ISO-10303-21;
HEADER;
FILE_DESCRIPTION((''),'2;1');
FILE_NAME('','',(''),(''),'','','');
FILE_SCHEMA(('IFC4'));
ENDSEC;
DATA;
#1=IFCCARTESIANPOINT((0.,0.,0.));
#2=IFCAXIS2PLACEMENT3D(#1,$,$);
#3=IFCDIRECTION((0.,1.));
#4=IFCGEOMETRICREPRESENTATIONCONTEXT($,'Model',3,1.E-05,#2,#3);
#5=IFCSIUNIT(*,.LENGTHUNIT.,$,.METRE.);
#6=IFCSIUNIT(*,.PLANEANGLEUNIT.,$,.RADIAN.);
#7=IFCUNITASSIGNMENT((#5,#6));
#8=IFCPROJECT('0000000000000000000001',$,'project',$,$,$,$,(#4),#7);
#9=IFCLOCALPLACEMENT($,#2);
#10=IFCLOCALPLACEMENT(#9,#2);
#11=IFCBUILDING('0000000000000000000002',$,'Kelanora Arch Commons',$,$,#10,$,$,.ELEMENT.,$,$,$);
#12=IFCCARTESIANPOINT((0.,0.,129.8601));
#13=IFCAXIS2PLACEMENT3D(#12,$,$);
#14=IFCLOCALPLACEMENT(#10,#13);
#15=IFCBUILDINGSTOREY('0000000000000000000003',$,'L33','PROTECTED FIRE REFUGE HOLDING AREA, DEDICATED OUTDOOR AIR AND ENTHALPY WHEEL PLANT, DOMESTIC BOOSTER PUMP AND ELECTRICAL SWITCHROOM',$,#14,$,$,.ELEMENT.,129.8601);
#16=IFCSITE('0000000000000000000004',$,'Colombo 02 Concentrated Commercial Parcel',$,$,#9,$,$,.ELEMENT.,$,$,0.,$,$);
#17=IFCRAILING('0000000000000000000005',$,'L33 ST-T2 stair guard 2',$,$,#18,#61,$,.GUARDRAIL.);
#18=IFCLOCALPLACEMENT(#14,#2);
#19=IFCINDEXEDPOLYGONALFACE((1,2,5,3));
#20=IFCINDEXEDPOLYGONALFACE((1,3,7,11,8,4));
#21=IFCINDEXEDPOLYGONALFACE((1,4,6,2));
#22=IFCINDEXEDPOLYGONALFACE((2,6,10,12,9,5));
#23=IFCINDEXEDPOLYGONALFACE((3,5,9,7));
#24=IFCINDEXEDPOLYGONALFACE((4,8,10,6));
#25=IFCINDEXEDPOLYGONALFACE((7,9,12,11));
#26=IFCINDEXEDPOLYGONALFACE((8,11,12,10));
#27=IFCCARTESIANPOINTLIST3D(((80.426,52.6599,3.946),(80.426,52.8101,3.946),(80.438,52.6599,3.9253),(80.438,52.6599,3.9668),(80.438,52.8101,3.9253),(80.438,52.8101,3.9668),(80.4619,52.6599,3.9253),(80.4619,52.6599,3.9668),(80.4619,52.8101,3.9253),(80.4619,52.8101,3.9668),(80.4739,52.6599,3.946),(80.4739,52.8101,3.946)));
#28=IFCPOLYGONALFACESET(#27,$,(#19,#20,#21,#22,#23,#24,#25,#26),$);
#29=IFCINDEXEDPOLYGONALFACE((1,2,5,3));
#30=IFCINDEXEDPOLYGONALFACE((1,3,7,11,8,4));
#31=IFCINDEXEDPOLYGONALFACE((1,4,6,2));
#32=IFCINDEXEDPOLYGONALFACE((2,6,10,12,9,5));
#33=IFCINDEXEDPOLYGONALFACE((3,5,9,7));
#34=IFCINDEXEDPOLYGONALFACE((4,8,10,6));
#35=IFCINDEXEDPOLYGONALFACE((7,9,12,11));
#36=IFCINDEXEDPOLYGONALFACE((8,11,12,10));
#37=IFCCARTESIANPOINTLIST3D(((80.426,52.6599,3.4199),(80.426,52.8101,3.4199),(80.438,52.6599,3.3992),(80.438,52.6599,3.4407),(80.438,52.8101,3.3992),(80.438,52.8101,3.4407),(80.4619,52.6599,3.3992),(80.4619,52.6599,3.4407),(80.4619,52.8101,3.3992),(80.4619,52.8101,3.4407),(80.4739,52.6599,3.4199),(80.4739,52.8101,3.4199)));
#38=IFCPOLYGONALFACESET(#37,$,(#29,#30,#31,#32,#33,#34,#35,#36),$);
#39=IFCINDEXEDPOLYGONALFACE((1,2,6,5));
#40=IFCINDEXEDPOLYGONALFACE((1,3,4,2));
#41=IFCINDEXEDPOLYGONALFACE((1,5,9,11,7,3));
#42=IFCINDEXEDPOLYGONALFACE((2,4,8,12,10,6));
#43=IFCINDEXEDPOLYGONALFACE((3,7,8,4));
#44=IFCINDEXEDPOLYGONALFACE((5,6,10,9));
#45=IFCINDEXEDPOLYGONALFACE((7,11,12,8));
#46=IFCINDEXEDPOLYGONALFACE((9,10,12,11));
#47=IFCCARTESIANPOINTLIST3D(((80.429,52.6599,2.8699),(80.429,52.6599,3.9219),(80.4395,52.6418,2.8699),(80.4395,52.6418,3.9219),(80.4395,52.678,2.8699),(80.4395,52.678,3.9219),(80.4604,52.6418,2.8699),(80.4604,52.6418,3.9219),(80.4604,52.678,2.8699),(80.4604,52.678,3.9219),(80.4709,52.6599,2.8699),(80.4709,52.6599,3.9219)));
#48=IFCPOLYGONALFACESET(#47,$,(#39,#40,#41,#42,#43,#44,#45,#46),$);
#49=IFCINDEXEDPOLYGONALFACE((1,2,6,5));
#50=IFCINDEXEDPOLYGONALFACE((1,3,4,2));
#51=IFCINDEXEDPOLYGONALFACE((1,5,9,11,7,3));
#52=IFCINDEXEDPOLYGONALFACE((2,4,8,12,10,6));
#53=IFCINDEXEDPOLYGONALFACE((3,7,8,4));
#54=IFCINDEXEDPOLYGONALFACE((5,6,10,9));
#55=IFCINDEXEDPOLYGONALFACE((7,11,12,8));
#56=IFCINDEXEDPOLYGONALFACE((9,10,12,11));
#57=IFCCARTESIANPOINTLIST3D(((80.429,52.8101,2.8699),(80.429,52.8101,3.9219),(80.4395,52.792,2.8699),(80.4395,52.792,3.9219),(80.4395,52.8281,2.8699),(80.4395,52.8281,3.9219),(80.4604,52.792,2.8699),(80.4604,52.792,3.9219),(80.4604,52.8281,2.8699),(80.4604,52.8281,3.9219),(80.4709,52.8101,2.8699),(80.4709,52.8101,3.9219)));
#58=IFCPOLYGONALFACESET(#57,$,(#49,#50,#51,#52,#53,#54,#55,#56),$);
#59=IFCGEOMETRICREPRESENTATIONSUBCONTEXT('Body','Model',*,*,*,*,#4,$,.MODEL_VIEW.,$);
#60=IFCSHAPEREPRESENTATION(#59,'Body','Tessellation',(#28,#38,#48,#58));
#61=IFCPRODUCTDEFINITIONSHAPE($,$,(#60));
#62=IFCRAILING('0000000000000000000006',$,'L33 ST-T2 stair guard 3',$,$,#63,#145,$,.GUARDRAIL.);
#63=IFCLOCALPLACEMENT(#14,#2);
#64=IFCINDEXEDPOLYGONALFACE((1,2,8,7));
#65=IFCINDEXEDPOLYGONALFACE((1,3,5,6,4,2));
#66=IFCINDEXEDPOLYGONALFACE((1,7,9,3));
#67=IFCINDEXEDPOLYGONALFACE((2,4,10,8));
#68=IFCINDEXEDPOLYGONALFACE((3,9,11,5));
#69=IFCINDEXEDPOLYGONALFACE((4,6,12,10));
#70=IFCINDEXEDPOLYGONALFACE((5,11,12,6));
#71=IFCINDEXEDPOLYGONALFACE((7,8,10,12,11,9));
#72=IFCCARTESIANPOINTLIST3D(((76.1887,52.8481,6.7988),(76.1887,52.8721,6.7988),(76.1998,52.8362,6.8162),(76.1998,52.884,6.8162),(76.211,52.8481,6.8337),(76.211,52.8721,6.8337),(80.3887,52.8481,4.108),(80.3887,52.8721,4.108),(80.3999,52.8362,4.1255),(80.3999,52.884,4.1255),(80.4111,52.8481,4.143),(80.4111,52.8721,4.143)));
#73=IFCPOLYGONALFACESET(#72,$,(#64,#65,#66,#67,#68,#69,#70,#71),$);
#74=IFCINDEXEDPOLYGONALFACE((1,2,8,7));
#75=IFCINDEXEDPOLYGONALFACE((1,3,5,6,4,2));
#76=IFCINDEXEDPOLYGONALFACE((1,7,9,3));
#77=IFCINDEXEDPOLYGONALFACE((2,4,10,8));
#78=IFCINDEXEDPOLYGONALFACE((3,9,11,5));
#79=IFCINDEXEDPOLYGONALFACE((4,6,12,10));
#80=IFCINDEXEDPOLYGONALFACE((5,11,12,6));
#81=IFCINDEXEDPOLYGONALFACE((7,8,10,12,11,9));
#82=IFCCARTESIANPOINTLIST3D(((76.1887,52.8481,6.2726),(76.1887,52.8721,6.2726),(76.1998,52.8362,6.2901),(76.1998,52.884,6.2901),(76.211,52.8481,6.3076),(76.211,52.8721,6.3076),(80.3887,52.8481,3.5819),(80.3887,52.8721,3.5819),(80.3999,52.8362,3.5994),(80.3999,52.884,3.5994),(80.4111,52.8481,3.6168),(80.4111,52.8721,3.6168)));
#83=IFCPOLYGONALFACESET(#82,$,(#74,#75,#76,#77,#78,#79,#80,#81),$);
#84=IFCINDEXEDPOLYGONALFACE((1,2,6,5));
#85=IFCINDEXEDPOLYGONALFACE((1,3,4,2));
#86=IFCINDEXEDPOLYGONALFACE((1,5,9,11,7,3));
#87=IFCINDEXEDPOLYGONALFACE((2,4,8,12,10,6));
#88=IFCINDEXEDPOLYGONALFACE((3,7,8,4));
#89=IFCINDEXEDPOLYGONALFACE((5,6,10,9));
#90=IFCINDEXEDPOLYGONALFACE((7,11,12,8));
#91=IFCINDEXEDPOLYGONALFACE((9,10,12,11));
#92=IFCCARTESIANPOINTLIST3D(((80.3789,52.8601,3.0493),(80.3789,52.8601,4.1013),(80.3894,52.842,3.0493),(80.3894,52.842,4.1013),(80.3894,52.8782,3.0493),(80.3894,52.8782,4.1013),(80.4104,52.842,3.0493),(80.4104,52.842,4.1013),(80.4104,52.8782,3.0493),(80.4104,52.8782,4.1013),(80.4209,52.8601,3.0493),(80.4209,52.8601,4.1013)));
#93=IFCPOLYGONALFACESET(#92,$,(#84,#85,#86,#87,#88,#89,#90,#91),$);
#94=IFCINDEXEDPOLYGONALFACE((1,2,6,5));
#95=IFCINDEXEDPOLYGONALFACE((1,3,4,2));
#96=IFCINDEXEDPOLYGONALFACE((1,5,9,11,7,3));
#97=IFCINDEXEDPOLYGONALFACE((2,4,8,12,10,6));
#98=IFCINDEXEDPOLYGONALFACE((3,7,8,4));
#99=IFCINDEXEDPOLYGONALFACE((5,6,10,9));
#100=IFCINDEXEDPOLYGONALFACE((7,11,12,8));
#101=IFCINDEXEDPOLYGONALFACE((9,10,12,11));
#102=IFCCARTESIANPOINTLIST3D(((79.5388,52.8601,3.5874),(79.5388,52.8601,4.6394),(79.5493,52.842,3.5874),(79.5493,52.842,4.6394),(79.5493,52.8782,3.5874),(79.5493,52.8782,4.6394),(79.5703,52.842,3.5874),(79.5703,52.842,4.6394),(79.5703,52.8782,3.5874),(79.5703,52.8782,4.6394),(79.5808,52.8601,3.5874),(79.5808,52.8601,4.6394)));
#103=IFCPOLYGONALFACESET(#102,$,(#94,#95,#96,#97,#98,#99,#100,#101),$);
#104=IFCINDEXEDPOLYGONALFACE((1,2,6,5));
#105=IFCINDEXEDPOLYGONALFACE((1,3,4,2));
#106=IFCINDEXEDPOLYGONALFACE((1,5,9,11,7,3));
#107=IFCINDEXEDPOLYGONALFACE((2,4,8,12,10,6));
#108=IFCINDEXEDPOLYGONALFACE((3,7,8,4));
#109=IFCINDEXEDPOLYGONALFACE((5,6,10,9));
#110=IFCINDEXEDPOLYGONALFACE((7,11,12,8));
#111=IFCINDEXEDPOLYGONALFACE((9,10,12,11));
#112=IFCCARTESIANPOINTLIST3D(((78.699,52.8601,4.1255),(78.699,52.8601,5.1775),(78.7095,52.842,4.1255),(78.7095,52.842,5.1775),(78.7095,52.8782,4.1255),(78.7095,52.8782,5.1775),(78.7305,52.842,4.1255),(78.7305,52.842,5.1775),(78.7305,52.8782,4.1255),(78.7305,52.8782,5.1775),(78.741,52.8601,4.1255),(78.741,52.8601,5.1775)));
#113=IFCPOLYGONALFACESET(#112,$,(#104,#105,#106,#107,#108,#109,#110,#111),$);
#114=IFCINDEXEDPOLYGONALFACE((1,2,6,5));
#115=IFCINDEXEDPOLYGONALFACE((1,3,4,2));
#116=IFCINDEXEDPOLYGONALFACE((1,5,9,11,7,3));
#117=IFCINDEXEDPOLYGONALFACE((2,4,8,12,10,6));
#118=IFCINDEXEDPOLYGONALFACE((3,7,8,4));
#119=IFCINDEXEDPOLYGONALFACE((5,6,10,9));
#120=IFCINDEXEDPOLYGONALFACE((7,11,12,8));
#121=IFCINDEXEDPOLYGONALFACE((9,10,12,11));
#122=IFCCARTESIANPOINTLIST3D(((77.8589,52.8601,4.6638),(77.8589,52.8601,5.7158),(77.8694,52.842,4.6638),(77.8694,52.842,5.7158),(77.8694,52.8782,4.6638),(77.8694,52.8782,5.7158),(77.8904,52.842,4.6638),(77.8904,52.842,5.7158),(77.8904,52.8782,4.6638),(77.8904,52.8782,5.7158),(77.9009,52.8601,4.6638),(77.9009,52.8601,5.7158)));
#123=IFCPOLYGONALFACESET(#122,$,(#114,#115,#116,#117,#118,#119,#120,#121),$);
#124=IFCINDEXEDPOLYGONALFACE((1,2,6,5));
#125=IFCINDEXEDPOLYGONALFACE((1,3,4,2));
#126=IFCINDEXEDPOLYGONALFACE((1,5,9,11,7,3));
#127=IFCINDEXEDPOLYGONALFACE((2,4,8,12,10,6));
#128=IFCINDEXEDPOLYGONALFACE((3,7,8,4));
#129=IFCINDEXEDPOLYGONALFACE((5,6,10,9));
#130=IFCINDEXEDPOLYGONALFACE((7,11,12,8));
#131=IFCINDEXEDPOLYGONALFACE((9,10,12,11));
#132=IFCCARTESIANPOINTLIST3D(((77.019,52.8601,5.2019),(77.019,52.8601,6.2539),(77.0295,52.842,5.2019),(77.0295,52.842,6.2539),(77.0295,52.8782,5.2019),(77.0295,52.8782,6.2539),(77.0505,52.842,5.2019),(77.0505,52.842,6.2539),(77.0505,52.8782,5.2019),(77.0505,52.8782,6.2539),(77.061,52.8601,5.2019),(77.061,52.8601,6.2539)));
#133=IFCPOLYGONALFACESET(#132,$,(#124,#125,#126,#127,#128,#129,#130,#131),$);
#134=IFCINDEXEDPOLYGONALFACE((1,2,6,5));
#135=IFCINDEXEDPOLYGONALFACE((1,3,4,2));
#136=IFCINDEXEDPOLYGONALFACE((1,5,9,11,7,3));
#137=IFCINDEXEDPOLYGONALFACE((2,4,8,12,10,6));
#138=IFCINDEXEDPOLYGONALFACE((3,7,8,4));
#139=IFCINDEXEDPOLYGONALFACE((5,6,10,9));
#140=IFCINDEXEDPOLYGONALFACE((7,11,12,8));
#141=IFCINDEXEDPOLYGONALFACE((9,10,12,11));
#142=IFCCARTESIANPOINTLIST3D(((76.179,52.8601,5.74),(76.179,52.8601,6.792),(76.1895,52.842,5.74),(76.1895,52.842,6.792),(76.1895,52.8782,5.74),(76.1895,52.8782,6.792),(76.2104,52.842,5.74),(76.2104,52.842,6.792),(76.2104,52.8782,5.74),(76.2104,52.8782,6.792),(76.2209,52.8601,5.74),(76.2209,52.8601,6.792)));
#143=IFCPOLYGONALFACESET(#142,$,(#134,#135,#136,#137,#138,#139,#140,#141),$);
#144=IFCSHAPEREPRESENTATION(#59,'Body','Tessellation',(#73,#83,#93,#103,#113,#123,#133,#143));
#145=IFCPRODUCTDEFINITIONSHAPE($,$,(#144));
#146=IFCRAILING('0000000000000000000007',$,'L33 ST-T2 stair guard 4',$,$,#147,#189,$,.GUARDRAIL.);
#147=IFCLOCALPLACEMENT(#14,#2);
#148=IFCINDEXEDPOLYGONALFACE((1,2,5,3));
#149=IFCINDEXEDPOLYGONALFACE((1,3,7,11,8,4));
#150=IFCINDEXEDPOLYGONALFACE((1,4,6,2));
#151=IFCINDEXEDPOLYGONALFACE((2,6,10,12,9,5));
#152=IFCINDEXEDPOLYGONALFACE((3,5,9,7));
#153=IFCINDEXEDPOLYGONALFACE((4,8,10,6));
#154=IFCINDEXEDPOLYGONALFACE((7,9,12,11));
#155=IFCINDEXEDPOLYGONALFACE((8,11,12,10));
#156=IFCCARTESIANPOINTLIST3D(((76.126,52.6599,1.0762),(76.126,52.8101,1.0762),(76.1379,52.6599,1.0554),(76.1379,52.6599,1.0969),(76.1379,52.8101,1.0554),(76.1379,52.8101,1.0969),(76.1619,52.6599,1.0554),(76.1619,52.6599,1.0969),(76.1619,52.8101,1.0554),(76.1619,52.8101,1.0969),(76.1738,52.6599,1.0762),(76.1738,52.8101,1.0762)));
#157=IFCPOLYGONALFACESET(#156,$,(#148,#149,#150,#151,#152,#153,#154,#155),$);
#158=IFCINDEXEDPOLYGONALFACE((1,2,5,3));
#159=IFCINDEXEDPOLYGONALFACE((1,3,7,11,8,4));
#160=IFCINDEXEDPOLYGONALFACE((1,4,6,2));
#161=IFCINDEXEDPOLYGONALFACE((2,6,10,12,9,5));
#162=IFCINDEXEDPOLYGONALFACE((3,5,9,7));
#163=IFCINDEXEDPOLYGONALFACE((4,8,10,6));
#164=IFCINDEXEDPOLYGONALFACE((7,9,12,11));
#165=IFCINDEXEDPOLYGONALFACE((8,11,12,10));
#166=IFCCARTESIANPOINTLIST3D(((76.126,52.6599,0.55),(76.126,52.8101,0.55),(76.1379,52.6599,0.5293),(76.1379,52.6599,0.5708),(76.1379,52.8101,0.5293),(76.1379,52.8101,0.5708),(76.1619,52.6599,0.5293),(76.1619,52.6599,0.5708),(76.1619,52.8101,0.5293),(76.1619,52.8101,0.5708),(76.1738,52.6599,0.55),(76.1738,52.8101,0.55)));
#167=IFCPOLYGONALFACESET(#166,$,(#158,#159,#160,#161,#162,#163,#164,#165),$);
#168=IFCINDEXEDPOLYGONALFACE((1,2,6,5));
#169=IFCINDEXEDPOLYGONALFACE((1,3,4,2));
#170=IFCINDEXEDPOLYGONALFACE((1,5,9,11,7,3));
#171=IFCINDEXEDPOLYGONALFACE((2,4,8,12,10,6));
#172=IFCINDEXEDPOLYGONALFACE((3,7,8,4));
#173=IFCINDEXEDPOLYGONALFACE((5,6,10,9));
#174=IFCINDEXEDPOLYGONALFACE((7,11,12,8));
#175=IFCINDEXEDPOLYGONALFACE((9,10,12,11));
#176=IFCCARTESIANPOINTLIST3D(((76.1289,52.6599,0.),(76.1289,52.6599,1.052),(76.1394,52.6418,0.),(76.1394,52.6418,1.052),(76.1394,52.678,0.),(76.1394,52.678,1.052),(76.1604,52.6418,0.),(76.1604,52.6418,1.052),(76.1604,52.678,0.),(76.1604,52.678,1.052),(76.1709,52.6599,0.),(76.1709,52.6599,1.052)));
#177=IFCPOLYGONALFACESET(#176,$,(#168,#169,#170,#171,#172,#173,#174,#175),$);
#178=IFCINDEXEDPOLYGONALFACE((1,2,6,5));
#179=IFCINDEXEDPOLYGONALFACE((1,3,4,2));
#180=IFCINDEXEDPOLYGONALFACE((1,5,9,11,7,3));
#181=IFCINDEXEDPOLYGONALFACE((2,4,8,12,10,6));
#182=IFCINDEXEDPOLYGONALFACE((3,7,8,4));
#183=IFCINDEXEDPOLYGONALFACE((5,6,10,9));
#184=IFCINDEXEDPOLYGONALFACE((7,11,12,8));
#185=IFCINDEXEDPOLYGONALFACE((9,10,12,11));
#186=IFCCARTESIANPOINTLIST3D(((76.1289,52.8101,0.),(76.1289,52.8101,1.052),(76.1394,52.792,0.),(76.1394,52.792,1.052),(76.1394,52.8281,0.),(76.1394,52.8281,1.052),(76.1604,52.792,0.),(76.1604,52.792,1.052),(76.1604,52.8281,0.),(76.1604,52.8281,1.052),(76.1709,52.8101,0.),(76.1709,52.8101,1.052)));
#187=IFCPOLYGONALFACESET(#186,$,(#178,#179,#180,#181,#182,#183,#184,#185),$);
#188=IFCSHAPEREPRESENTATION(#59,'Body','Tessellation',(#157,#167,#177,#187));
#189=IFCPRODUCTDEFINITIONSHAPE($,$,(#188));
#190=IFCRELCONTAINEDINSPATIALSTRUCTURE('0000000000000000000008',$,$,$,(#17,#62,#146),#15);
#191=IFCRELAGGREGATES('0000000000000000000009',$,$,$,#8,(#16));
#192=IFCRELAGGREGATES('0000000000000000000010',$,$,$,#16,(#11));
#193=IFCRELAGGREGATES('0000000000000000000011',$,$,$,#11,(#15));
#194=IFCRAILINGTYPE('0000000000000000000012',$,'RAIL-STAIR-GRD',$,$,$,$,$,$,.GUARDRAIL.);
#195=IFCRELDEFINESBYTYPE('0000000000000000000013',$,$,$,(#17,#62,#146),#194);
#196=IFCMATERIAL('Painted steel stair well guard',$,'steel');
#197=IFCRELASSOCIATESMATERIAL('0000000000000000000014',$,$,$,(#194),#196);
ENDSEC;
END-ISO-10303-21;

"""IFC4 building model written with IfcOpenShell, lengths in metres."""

from ifc_helpers import new_model, si_unit, direction, frame, origin, place, context, subcontext, project, spatial, polyline, outline, extrude, material, type_object, element, save


model = new_model("IFC4")

# Units and contexts
model_context = context("Model", 3, precision=1e-05, world=origin(), true_north=direction((0.0, 1.0)))
body_context = subcontext(model_context, "Body", "Model", "MODEL_VIEW")
ifc_project = project(units=[si_unit("LENGTHUNIT", "METRE"), si_unit("PLANEANGLEUNIT", "RADIAN")], contexts=[model_context])

# Site, building, storey
site_placement = place(None, origin())
site = spatial("IfcSite", under=ifc_project, at=site_placement, Name="Colombo 02 Concentrated Commercial Parcel", CompositionType="ELEMENT", RefElevation=0.0)
building_placement = place(site_placement, origin())
building = spatial("IfcBuilding", under=site, at=building_placement, Name="Kelanora Arch Commons", CompositionType="ELEMENT")
storey_placement = place(building_placement, frame((0.0, 0.0, 129.8601)))
storey = spatial("IfcBuildingStorey", under=building, at=storey_placement, Name="L33", Description="PROTECTED FIRE REFUGE HOLDING AREA, DEDICATED OUTDOOR AIR AND ENTHALPY WHEEL PLANT, DOMESTIC BOOSTER PUMP AND ELECTRICAL SWITCHROOM", CompositionType="ELEMENT", Elevation=129.8601)

# Railings
ifc_material_1 = material(Name="Painted steel stair well guard", Category="steel")
railing_type_1 = type_object("IfcRailingType", Name="RAIL-STAIR-GRD", PredefinedType="GUARDRAIL", material=ifc_material_1)
railing_1_placement = place(storey_placement, frame((80.45, 52.6599, 2.8699)))
element("IfcRailing", 1, at=railing_1_placement, inside=storey, type_object=railing_type_1, Name="L33 ST-T2 stair guard 2", PredefinedType="GUARDRAIL", context=body_context, shape_type="SweptSolid", body=[
    extrude(outline(polyline([(0.0239, 0.0), (0.012, 0.0208), (-0.012, 0.0208), (-0.0239, 0.0), (-0.012, -0.0208), (0.012, -0.0208), (0.0239, 0.0)])), frame((0.0, 0.0, 1.0762), z_axis=(0.0, 1.0, 0.0), x_axis=(-1.0, 0.0, 0.0)), (0.0, 0.0, 1.0), 0.1501),
    extrude(outline(polyline([(0.0239, 0.0), (0.012, 0.0208), (-0.012, 0.0208), (-0.0239, 0.0), (-0.012, -0.0208), (0.012, -0.0208), (0.0239, 0.0)])), frame((0.0, 0.0, 0.55), z_axis=(0.0, 1.0, 0.0), x_axis=(-1.0, 0.0, 0.0)), (0.0, 0.0, 1.0), 0.1501),
    extrude(outline(polyline([(0.021, 0.0), (0.0105, 0.0181), (-0.0105, 0.0181), (-0.021, 0.0), (-0.0105, -0.0181), (0.0105, -0.0181), (0.021, 0.0)])), origin(), (0.0, 0.0, 1.0), 1.052),
    extrude(outline(polyline([(0.021, 0.0), (0.0105, 0.0181), (-0.0105, 0.0181), (-0.021, 0.0), (-0.0105, -0.0181), (0.0105, -0.0181), (0.021, 0.0)])), frame((0.0, 0.1501, 0.0)), (0.0, 0.0, 1.0), 1.052),
])
railing_2_placement = place(storey_placement, frame((80.3999, 52.8601, 3.0493)))
element("IfcRailing", 2, at=railing_2_placement, inside=storey, type_object=railing_type_1, Name="L33 ST-T2 stair guard 3", PredefinedType="GUARDRAIL", context=body_context, shape_type="SweptSolid", body=[
    extrude(outline(polyline([(0.0239, 0.0), (0.012, 0.0208), (-0.012, 0.0208), (-0.0239, 0.0), (-0.012, -0.0208), (0.012, -0.0208), (0.0239, 0.0)])), frame((0.0, 0.0, 1.0762), z_axis=(-0.842025, 0.0, 0.539438), x_axis=(0.0, -1.0, 0.0)), (0.0, 0.0, 1.0), 4.988),
    extrude(outline(polyline([(0.0239, 0.0), (0.012, 0.0208), (-0.012, 0.0208), (-0.0239, 0.0), (-0.012, -0.0208), (0.012, -0.0208), (0.0239, 0.0)])), frame((0.0, 0.0, 0.55), z_axis=(-0.842025, 0.0, 0.539438), x_axis=(0.0, -1.0, 0.0)), (0.0, 0.0, 1.0), 4.988),
    extrude(outline(polyline([(0.021, 0.0), (0.0105, 0.0181), (-0.0105, 0.0181), (-0.021, 0.0), (-0.0105, -0.0181), (0.0105, -0.0181), (0.021, 0.0)])), origin(), (0.0, 0.0, 1.0), 1.052),
    extrude(outline(polyline([(0.021, 0.0), (0.0105, 0.0181), (-0.0105, 0.0181), (-0.021, 0.0), (-0.0105, -0.0181), (0.0105, -0.0181), (0.021, 0.0)])), frame((-0.8401, 0.0, 0.5381)), (0.0, 0.0, 1.0), 1.052),
    extrude(outline(polyline([(0.021, 0.0), (0.0105, 0.0181), (-0.0105, 0.0181), (-0.021, 0.0), (-0.0105, -0.0181), (0.0105, -0.0181), (0.021, 0.0)])), frame((-1.6799, 0.0, 1.0762)), (0.0, 0.0, 1.0), 1.052),
    extrude(outline(polyline([(0.021, 0.0), (0.0105, 0.0181), (-0.0105, 0.0181), (-0.021, 0.0), (-0.0105, -0.0181), (0.0105, -0.0181), (0.021, 0.0)])), frame((-2.52, 0.0, 1.6145)), (0.0, 0.0, 1.0), 1.052),
    extrude(outline(polyline([(0.021, 0.0), (0.0105, 0.0181), (-0.0105, 0.0181), (-0.021, 0.0), (-0.0105, -0.0181), (0.0105, -0.0181), (0.021, 0.0)])), frame((-3.3599, 0.0, 2.1526)), (0.0, 0.0, 1.0), 1.052),
    extrude(outline(polyline([(0.021, 0.0), (0.0105, 0.0181), (-0.0105, 0.0181), (-0.021, 0.0), (-0.0105, -0.0181), (0.0105, -0.0181), (0.021, 0.0)])), frame((-4.2, 0.0, 2.6907)), (0.0, 0.0, 1.0), 1.052),
])
railing_3_placement = place(storey_placement, frame((76.1499, 52.6599, 0.0)))
element("IfcRailing", 3, at=railing_3_placement, inside=storey, type_object=railing_type_1, Name="L33 ST-T2 stair guard 4", PredefinedType="GUARDRAIL", context=body_context, shape_type="SweptSolid", body=[
    extrude(outline(polyline([(0.0239, 0.0), (0.012, 0.0208), (-0.012, 0.0208), (-0.0239, 0.0), (-0.012, -0.0208), (0.012, -0.0208), (0.0239, 0.0)])), frame((0.0, 0.0, 1.0762), z_axis=(0.0, 1.0, 0.0), x_axis=(-1.0, 0.0, 0.0)), (0.0, 0.0, 1.0), 0.1501),
    extrude(outline(polyline([(0.0239, 0.0), (0.012, 0.0208), (-0.012, 0.0208), (-0.0239, 0.0), (-0.012, -0.0208), (0.012, -0.0208), (0.0239, 0.0)])), frame((0.0, 0.0, 0.55), z_axis=(0.0, 1.0, 0.0), x_axis=(-1.0, 0.0, 0.0)), (0.0, 0.0, 1.0), 0.1501),
    extrude(outline(polyline([(0.021, 0.0), (0.0105, 0.0181), (-0.0105, 0.0181), (-0.021, 0.0), (-0.0105, -0.0181), (0.0105, -0.0181), (0.021, 0.0)])), origin(), (0.0, 0.0, 1.0), 1.052),
    extrude(outline(polyline([(0.021, 0.0), (0.0105, 0.0181), (-0.0105, 0.0181), (-0.021, 0.0), (-0.0105, -0.0181), (0.0105, -0.0181), (0.021, 0.0)])), frame((0.0, 0.1501, 0.0)), (0.0, 0.0, 1.0), 1.052),
])

save(model, "model.ifc")
